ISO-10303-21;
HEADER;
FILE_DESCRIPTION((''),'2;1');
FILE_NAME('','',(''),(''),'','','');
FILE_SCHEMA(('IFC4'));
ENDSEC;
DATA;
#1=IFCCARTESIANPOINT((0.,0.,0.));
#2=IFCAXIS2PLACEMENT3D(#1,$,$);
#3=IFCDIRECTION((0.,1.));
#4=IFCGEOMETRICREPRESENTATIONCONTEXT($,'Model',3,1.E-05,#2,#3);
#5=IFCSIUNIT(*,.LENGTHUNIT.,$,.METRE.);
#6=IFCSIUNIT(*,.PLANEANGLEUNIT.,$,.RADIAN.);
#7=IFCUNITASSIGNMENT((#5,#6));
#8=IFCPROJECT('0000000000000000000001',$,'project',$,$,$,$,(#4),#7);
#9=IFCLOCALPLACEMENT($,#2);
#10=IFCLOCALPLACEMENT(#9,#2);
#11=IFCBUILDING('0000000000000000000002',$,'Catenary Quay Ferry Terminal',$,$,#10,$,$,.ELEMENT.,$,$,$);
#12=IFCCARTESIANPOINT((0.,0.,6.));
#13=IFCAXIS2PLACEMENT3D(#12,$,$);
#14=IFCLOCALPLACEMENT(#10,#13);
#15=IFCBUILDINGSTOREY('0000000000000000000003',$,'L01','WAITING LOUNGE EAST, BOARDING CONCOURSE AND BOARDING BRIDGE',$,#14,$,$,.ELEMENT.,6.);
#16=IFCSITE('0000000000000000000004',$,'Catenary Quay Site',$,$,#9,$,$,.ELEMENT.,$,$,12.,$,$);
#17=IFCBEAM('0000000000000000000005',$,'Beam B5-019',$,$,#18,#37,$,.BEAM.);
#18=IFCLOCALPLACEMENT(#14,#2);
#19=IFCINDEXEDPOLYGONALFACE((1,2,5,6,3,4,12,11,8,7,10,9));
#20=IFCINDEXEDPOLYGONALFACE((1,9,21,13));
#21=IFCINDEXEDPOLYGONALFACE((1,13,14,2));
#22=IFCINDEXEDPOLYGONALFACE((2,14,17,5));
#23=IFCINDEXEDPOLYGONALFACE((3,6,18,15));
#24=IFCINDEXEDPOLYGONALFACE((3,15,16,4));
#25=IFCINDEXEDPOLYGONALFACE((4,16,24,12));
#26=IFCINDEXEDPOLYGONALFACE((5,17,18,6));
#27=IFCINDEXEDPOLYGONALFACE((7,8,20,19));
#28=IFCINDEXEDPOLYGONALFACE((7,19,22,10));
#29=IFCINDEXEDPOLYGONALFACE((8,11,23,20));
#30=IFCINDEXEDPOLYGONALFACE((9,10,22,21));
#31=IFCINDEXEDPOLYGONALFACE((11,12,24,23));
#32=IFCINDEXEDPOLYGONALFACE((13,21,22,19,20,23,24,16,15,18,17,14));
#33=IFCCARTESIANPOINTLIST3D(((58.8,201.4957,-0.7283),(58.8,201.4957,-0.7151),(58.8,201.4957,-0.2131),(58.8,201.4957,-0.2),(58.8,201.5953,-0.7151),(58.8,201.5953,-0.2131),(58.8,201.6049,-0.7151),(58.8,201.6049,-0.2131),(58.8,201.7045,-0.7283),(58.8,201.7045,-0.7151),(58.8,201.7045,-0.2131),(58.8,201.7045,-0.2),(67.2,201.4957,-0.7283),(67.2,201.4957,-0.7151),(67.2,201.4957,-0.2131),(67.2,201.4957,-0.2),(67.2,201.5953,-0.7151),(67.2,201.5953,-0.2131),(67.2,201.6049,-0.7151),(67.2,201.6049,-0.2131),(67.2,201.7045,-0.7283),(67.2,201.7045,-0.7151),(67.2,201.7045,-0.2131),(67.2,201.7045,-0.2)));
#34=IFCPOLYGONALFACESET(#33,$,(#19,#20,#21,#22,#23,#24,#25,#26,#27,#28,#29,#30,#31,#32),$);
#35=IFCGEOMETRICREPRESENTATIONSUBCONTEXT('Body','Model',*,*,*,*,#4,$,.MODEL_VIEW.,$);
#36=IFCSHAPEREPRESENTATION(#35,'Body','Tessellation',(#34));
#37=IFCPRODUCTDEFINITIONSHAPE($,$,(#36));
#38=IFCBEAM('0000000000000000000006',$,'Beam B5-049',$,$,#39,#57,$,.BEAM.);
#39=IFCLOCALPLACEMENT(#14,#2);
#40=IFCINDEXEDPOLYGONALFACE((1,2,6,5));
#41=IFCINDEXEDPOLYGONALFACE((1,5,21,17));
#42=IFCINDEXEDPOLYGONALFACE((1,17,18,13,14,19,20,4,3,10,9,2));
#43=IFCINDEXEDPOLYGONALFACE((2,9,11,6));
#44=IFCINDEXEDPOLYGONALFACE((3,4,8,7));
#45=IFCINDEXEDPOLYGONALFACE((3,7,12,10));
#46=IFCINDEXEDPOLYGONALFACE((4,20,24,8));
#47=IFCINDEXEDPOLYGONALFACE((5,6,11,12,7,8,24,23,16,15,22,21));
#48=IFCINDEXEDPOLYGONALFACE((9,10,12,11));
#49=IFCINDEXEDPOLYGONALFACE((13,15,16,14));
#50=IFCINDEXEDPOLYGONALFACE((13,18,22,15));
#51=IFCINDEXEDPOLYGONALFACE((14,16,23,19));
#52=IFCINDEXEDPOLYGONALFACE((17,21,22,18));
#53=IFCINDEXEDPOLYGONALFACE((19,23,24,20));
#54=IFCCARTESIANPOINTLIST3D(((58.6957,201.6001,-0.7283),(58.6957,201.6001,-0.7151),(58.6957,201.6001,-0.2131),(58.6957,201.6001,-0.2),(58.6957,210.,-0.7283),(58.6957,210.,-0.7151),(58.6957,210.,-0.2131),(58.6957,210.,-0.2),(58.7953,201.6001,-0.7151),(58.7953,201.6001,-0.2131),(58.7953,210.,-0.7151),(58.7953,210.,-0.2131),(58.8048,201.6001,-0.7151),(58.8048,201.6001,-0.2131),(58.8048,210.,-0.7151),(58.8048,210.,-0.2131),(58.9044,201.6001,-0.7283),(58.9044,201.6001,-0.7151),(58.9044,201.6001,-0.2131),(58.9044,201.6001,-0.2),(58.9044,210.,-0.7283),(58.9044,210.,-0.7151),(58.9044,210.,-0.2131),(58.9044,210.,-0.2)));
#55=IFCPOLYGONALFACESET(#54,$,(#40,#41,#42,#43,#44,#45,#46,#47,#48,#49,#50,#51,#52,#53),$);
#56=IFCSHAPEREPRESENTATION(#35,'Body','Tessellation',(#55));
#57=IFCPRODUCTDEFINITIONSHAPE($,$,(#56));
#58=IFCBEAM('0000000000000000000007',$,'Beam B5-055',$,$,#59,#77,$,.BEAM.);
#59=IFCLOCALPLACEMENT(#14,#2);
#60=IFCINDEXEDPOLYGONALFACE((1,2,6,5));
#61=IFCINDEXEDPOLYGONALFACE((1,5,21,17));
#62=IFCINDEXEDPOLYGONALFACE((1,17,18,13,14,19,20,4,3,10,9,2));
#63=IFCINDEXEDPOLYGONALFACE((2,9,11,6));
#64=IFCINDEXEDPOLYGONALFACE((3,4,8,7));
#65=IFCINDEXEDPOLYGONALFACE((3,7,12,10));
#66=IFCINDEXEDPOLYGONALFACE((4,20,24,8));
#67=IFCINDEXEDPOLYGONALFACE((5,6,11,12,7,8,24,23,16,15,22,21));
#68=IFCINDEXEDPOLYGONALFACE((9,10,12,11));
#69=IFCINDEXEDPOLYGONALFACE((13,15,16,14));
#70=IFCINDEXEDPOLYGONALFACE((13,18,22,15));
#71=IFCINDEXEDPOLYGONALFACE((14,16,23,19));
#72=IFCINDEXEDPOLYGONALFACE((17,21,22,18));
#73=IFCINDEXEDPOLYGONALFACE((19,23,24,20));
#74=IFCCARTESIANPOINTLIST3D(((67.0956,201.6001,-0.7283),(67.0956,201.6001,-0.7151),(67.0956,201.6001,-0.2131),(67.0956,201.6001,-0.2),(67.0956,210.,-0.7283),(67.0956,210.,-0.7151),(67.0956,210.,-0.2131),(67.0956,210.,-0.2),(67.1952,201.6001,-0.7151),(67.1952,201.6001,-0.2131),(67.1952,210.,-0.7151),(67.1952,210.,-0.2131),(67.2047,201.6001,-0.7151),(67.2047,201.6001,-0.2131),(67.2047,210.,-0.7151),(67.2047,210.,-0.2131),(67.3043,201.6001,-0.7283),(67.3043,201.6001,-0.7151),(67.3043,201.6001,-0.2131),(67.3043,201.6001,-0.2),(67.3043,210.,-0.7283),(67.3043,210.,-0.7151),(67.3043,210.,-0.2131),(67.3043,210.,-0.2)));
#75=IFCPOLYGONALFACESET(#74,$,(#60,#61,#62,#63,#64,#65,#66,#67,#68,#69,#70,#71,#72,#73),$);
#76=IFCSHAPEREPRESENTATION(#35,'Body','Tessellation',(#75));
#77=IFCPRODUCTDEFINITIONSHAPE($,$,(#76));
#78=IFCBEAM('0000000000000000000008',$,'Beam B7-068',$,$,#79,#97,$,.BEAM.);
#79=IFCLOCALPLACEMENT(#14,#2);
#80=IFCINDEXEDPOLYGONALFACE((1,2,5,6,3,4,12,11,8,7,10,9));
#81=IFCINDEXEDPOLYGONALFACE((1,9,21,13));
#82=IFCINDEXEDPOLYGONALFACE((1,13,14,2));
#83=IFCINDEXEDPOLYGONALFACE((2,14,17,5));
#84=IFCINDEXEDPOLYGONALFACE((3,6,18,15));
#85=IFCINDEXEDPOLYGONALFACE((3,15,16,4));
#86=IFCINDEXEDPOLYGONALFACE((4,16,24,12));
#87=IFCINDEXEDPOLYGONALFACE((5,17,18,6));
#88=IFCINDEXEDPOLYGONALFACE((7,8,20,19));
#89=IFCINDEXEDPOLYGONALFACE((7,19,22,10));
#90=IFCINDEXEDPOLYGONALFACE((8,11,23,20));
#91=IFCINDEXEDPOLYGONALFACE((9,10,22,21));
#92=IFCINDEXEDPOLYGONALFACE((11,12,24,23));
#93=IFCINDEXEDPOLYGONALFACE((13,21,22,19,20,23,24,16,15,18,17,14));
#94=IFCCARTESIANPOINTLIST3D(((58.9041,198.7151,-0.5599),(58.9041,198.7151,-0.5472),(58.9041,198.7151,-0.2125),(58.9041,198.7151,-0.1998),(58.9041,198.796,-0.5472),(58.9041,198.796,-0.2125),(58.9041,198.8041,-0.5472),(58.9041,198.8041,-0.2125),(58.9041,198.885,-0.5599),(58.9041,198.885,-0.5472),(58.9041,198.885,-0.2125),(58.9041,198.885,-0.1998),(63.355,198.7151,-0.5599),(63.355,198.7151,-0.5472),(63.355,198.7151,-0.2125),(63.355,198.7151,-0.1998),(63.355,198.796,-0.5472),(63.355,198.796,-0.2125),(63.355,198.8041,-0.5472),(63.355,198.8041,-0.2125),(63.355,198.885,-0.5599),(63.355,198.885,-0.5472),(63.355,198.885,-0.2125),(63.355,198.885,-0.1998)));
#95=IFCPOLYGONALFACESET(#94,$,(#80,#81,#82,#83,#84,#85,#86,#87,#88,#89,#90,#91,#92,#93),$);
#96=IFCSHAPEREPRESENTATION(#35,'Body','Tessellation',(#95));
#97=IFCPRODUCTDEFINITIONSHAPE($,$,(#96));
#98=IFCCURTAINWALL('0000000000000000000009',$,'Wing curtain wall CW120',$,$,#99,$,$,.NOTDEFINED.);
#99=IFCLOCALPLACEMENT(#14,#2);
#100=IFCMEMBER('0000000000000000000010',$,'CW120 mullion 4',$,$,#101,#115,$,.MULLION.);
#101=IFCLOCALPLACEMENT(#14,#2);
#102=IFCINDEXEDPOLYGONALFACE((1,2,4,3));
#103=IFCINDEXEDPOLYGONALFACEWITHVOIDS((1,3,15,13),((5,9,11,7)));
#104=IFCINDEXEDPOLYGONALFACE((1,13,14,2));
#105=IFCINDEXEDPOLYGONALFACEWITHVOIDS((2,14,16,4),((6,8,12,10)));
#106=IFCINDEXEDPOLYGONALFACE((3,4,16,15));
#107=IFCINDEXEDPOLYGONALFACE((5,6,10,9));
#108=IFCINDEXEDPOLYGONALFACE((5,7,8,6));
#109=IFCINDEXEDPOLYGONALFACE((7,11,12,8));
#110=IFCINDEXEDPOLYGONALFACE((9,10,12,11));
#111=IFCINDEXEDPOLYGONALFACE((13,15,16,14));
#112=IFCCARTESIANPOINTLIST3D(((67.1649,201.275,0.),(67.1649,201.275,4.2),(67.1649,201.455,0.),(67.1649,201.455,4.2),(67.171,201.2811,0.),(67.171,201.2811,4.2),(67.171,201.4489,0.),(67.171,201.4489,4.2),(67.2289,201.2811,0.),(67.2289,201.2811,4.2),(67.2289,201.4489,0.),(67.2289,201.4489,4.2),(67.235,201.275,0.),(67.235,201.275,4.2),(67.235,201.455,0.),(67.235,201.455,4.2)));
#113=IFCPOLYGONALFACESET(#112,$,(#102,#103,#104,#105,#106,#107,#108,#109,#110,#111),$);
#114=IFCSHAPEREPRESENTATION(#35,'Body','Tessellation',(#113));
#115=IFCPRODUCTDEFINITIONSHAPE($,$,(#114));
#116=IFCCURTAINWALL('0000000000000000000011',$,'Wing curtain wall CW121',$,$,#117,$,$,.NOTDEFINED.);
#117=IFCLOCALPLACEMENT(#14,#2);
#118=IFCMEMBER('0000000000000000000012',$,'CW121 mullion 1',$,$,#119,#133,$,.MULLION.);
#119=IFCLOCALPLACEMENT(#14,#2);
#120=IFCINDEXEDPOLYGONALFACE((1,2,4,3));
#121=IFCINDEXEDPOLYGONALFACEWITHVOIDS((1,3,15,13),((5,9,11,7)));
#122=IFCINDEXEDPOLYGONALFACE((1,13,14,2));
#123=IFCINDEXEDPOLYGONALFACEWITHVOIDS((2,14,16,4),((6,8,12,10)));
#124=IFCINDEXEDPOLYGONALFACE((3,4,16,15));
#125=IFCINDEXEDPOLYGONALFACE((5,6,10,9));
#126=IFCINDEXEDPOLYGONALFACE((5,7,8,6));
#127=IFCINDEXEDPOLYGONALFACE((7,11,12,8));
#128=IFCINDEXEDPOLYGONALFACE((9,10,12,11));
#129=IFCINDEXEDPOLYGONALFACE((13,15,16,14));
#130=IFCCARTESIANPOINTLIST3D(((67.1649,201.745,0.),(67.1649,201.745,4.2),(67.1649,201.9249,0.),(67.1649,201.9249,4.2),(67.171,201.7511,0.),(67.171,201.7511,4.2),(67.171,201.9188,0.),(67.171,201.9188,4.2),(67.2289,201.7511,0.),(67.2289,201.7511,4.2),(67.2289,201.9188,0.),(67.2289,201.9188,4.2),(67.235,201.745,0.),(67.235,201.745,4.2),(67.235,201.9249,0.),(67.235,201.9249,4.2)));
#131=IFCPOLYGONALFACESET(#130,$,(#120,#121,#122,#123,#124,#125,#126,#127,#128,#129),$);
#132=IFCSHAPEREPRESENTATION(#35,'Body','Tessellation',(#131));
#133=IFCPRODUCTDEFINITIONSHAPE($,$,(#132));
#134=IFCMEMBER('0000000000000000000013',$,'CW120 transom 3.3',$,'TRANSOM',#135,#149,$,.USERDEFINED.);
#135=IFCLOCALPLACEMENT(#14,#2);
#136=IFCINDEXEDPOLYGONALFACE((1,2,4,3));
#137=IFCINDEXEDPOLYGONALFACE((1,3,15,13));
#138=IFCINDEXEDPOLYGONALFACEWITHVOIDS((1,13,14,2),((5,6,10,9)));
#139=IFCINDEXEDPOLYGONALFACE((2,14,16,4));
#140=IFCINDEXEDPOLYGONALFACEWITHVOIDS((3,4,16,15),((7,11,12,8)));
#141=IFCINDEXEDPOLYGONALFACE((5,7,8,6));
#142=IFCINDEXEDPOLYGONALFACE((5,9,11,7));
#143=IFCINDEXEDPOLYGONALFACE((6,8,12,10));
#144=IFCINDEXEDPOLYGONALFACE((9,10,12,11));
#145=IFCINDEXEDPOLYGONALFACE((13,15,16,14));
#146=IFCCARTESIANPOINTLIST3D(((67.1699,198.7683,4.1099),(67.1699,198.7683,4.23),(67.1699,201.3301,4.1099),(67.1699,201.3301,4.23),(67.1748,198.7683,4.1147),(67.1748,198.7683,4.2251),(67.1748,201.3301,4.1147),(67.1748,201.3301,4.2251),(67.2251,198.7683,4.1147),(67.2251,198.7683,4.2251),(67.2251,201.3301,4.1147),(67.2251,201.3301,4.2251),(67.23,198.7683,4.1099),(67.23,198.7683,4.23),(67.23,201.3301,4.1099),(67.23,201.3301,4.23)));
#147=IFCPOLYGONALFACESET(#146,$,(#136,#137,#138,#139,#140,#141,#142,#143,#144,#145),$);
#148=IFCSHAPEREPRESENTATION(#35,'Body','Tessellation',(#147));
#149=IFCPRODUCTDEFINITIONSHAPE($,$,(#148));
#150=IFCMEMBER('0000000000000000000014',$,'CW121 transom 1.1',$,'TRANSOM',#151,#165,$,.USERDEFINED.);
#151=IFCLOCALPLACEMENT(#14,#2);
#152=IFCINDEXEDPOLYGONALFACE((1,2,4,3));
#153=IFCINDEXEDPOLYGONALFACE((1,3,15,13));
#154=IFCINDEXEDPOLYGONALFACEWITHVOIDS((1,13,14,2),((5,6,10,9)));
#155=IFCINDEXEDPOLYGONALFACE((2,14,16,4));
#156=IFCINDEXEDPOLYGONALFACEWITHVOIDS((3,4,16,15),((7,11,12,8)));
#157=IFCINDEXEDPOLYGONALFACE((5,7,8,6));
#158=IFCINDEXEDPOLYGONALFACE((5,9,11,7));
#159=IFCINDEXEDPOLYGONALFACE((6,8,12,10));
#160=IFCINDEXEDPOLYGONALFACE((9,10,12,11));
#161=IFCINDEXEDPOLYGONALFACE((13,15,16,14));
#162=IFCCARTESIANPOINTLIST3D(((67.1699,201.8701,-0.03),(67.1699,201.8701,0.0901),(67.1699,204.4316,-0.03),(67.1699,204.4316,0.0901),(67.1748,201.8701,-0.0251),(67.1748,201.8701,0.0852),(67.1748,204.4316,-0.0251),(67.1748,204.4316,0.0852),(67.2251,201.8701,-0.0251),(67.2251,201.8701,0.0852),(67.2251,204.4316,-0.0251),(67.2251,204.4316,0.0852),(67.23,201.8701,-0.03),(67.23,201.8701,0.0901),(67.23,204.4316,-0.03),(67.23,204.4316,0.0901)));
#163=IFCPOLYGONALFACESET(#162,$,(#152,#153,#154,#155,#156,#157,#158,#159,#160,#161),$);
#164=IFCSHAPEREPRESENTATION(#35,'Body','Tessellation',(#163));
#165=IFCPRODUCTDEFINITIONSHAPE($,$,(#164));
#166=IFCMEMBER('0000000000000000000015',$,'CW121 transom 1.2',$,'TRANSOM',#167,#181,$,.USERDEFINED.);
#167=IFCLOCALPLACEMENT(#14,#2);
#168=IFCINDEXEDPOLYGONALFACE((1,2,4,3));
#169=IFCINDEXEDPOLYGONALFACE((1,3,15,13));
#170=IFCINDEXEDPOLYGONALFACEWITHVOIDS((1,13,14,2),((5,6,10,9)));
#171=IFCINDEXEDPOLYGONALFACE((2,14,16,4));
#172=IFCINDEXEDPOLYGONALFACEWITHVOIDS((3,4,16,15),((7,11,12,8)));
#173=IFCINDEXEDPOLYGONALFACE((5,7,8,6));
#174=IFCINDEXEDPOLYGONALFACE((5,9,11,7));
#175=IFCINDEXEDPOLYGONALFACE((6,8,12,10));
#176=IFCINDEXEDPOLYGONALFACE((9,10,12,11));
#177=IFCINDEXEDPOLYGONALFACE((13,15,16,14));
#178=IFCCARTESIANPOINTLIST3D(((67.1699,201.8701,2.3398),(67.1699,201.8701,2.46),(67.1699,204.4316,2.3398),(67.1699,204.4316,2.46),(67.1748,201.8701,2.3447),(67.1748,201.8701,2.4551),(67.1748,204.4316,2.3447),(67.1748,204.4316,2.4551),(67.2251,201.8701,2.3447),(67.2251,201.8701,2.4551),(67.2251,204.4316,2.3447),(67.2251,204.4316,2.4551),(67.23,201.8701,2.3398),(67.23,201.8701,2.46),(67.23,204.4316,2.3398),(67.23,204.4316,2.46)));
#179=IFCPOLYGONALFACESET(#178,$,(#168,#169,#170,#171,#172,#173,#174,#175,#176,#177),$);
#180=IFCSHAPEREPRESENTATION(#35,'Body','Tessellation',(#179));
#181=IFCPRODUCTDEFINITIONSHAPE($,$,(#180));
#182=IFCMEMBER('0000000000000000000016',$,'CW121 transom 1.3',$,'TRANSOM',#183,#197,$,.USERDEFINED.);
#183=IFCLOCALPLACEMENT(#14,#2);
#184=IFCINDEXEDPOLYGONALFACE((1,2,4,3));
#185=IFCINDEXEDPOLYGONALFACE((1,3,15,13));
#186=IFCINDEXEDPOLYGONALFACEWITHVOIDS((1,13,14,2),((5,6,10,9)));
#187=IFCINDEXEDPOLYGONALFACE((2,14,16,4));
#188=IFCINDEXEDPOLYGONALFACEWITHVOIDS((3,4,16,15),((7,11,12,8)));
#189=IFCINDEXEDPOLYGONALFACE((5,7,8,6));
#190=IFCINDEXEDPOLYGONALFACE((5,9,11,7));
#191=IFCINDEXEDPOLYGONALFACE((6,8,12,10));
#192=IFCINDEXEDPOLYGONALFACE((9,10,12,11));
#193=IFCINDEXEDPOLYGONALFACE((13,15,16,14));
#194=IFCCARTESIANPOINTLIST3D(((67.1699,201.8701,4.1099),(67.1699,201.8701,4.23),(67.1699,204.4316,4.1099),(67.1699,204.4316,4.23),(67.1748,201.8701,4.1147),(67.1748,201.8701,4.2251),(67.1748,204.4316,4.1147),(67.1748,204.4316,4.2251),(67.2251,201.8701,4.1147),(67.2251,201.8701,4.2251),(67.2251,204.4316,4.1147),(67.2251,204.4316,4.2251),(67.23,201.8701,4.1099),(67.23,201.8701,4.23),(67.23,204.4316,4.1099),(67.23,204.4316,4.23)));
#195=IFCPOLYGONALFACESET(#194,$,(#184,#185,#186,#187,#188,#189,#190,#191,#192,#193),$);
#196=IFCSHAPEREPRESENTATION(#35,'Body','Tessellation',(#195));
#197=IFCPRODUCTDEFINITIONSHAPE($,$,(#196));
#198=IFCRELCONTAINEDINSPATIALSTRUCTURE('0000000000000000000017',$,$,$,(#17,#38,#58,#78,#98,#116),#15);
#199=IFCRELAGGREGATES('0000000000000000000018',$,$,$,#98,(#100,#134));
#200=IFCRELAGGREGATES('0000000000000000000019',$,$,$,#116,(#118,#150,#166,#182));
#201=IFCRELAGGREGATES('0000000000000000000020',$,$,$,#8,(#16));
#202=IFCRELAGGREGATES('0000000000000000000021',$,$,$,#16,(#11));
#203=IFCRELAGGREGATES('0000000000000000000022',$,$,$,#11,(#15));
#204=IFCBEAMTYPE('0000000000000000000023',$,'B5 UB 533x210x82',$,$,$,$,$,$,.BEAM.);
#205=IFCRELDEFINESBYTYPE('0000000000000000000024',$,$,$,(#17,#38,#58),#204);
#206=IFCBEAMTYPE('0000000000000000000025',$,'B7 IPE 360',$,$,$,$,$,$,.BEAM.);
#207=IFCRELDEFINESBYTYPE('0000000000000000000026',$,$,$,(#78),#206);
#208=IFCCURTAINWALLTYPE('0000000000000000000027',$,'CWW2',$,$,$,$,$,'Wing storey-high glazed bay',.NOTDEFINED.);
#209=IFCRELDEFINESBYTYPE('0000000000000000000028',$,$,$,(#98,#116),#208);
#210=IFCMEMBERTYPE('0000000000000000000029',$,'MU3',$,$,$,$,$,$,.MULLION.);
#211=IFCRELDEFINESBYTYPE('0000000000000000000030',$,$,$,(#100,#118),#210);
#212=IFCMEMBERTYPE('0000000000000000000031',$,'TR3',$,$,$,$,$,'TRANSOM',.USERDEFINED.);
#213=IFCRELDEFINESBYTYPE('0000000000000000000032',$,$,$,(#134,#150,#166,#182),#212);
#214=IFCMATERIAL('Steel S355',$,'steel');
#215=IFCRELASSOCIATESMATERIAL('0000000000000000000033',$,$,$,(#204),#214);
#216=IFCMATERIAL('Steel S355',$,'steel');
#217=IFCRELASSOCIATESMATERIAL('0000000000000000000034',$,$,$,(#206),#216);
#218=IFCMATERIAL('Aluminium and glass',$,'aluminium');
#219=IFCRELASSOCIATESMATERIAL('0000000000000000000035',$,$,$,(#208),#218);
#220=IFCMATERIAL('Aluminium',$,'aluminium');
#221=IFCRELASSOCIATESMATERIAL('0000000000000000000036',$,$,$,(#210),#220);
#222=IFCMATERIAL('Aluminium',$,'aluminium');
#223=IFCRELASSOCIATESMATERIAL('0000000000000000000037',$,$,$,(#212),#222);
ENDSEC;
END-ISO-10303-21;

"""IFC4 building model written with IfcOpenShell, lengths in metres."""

from ifc_helpers import new_model, si_unit, direction, frame, origin, origin_2d, place, context, subcontext, project, spatial, hollow_rectangle, i_section, extrude, material, material_profile, profile_set, type_object, element, aggregate, save


model = new_model("IFC4")

# Units and contexts
model_context = context("Model", 3, precision=1e-05, world=origin(), true_north=direction((0.0, 1.0)))
body_context = subcontext(model_context, "Body", "Model", "MODEL_VIEW")
ifc_project = project(units=[si_unit("LENGTHUNIT", "METRE"), si_unit("PLANEANGLEUNIT", "RADIAN")], contexts=[model_context])

# Site, building, storey
site_placement = place(None, origin())
site = spatial("IfcSite", under=ifc_project, at=site_placement, Name="Catenary Quay Site", CompositionType="ELEMENT", RefElevation=12.0)
building_placement = place(site_placement, origin())
building = spatial("IfcBuilding", under=site, at=building_placement, Name="Catenary Quay Ferry Terminal", CompositionType="ELEMENT")
storey_placement = place(building_placement, frame((0.0, 0.0, 6.0)))
storey = spatial("IfcBuildingStorey", under=building, at=storey_placement, Name="L01", Description="WAITING LOUNGE EAST, BOARDING CONCOURSE AND BOARDING BRIDGE", CompositionType="ELEMENT", Elevation=6.0)

# Beams
ifc_material_1 = material(Name="Steel S355", Category="steel")
ifc_material_profile_1 = material_profile(ifc_material_1, i_section(OverallWidth=0.2087, OverallDepth=0.5283, WebThickness=0.0095, FlangeThickness=0.0132, at=origin_2d()), Name="UB 533x210x82")
ifc_profile_set_1 = profile_set([ifc_material_profile_1], Name="Steel S355")
beam_type_1 = type_object("IfcBeamType", Name="B5 UB 533x210x82", PredefinedType="BEAM", material=ifc_profile_set_1)
for number, where, z_axis, x_axis, name in (
    (1, (58.8, 201.6001, -0.4641), (1.0, 0.0, 0.0), (0.0, 1.0, 0.0), "Beam B5-019"),
    (2, (58.8, 201.6001, -0.4641), (0.0, 1.0, 0.0), (-1.0, 0.0, 0.0), "Beam B5-049"),
    (3, (67.2, 201.6001, -0.4641), (0.0, 1.0, 0.0), (-1.0, 0.0, 0.0), "Beam B5-055"),
):
    element("IfcBeam", number, at=place(storey_placement, frame(where, z_axis=z_axis, x_axis=x_axis)), inside=storey, type_object=beam_type_1, Name=name, PredefinedType="BEAM", context=body_context, shape_type="SweptSolid", body=[
        extrude(i_section(OverallWidth=0.2087, OverallDepth=0.5283, WebThickness=0.0095, FlangeThickness=0.0132, at=origin_2d()), origin(), (0.0, 0.0, 1.0), 8.3999),
    ])
ifc_material_2 = material(Name="Steel S355", Category="steel")
ifc_material_profile_2 = material_profile(ifc_material_2, i_section(OverallWidth=0.1699, OverallDepth=0.3601, WebThickness=0.0081, FlangeThickness=0.0127, at=origin_2d()), Name="IPE 360")
ifc_profile_set_2 = profile_set([ifc_material_profile_2], Name="Steel S355")
beam_type_2 = type_object("IfcBeamType", Name="B7 IPE 360", PredefinedType="BEAM", material=ifc_profile_set_2)
beam_1_placement = place(storey_placement, frame((58.9041, 198.8, -0.3799), z_axis=(1.0, 0.0, 0.0), x_axis=(0.0, 1.0, 0.0)))
element("IfcBeam", 4, at=beam_1_placement, inside=storey, type_object=beam_type_2, Name="Beam B7-068", PredefinedType="BEAM", context=body_context, shape_type="SweptSolid", body=[
    extrude(i_section(OverallWidth=0.1699, OverallDepth=0.3601, WebThickness=0.0081, FlangeThickness=0.0127, at=origin_2d()), origin(), (0.0, 0.0, 1.0), 4.4509),
])

# Curtain walls, members
ifc_material_3 = material(Name="Aluminium and glass", Category="aluminium")
curtain_wall_type = type_object("IfcCurtainWallType", Name="CWW2", ElementType="Wing storey-high glazed bay", PredefinedType="NOTDEFINED", material=ifc_material_3)
curtain_wall_1_placement = place(storey_placement, origin())
curtain_wall_1 = element("IfcCurtainWall", 5, at=curtain_wall_1_placement, inside=storey, type_object=curtain_wall_type, Name="Wing curtain wall CW120", PredefinedType="NOTDEFINED")
ifc_material_4 = material(Name="Aluminium", Category="aluminium")
ifc_material_profile_3 = material_profile(ifc_material_4, hollow_rectangle(XDim=0.0701, YDim=0.1799, WallThickness=0.0061, at=origin_2d()), Name="MU3")
ifc_profile_set_3 = profile_set([ifc_material_profile_3], Name="Aluminium")
member_type_1 = type_object("IfcMemberType", Name="MU3", PredefinedType="MULLION", material=ifc_profile_set_3)
member_1_placement = place(storey_placement, frame((67.2, 201.365, 0.0), z_axis=(0.0, 0.0, 1.0), x_axis=(-1.0, 0.0, 0.0)))
member_1 = element("IfcMember", 6, at=member_1_placement, type_object=member_type_1, Name="CW120 mullion 4", PredefinedType="MULLION", context=body_context, shape_type="SweptSolid", body=[
    extrude(hollow_rectangle(XDim=0.0701, YDim=0.1799, WallThickness=0.0061, at=origin_2d()), origin(), (0.0, 0.0, 1.0), 4.2),
])
curtain_wall_2_placement = place(storey_placement, origin())
curtain_wall_2 = element("IfcCurtainWall", 7, at=curtain_wall_2_placement, inside=storey, type_object=curtain_wall_type, Name="Wing curtain wall CW121", PredefinedType="NOTDEFINED")
member_2_placement = place(storey_placement, frame((67.2, 201.835, 0.0), z_axis=(0.0, 0.0, 1.0), x_axis=(-1.0, 0.0, 0.0)))
member_2 = element("IfcMember", 8, at=member_2_placement, type_object=member_type_1, Name="CW121 mullion 1", PredefinedType="MULLION", context=body_context, shape_type="SweptSolid", body=[
    extrude(hollow_rectangle(XDim=0.0701, YDim=0.1799, WallThickness=0.0061, at=origin_2d()), origin(), (0.0, 0.0, 1.0), 4.2),
])

# Members
ifc_material_5 = material(Name="Aluminium", Category="aluminium")
ifc_material_profile_4 = material_profile(ifc_material_5, hollow_rectangle(XDim=0.0601, YDim=0.1201, WallThickness=0.0049, at=origin_2d()), Name="TR3")
ifc_profile_set_4 = profile_set([ifc_material_profile_4], Name="Aluminium")
member_type_2 = type_object("IfcMemberType", Name="TR3", ElementType="TRANSOM", PredefinedType="USERDEFINED", material=ifc_profile_set_4)
member_3_placement = place(storey_placement, frame((67.2, 198.7683, 4.1699), z_axis=(0.0, 1.0, 0.0), x_axis=(-1.0, 0.0, 0.0)))
member_3 = element("IfcMember", 9, at=member_3_placement, type_object=member_type_2, Name="CW120 transom 3.3", ObjectType="TRANSOM", PredefinedType="USERDEFINED", context=body_context, shape_type="SweptSolid", body=[
    extrude(hollow_rectangle(XDim=0.0601, YDim=0.1201, WallThickness=0.0049, at=origin_2d()), origin(), (0.0, 0.0, 1.0), 2.5618),
])
member_4_placement = place(storey_placement, frame((67.2, 201.8701, 0.03), z_axis=(0.0, 1.0, 0.0), x_axis=(-1.0, 0.0, 0.0)))
member_4 = element("IfcMember", 10, at=member_4_placement, type_object=member_type_2, Name="CW121 transom 1.1", ObjectType="TRANSOM", PredefinedType="USERDEFINED", context=body_context, shape_type="SweptSolid", body=[
    extrude(hollow_rectangle(XDim=0.0601, YDim=0.1201, WallThickness=0.0049, at=origin_2d()), origin(), (0.0, 0.0, 1.0), 2.5615),
])
member_5_placement = place(storey_placement, frame((67.2, 201.8701, 2.3999), z_axis=(0.0, 1.0, 0.0), x_axis=(-1.0, 0.0, 0.0)))
member_5 = element("IfcMember", 11, at=member_5_placement, type_object=member_type_2, Name="CW121 transom 1.2", ObjectType="TRANSOM", PredefinedType="USERDEFINED", context=body_context, shape_type="SweptSolid", body=[
    extrude(hollow_rectangle(XDim=0.0601, YDim=0.1201, WallThickness=0.0049, at=origin_2d()), origin(), (0.0, 0.0, 1.0), 2.5615),
])
member_6_placement = place(storey_placement, frame((67.2, 201.8701, 4.1699), z_axis=(0.0, 1.0, 0.0), x_axis=(-1.0, 0.0, 0.0)))
member_6 = element("IfcMember", 12, at=member_6_placement, type_object=member_type_2, Name="CW121 transom 1.3", ObjectType="TRANSOM", PredefinedType="USERDEFINED", context=body_context, shape_type="SweptSolid", body=[
    extrude(hollow_rectangle(XDim=0.0601, YDim=0.1201, WallThickness=0.0049, at=origin_2d()), origin(), (0.0, 0.0, 1.0), 2.5615),
])

aggregate(curtain_wall_1, [member_1, member_3])
aggregate(curtain_wall_2, [member_2, member_4, member_5, member_6])

save(model, "model.ifc")
